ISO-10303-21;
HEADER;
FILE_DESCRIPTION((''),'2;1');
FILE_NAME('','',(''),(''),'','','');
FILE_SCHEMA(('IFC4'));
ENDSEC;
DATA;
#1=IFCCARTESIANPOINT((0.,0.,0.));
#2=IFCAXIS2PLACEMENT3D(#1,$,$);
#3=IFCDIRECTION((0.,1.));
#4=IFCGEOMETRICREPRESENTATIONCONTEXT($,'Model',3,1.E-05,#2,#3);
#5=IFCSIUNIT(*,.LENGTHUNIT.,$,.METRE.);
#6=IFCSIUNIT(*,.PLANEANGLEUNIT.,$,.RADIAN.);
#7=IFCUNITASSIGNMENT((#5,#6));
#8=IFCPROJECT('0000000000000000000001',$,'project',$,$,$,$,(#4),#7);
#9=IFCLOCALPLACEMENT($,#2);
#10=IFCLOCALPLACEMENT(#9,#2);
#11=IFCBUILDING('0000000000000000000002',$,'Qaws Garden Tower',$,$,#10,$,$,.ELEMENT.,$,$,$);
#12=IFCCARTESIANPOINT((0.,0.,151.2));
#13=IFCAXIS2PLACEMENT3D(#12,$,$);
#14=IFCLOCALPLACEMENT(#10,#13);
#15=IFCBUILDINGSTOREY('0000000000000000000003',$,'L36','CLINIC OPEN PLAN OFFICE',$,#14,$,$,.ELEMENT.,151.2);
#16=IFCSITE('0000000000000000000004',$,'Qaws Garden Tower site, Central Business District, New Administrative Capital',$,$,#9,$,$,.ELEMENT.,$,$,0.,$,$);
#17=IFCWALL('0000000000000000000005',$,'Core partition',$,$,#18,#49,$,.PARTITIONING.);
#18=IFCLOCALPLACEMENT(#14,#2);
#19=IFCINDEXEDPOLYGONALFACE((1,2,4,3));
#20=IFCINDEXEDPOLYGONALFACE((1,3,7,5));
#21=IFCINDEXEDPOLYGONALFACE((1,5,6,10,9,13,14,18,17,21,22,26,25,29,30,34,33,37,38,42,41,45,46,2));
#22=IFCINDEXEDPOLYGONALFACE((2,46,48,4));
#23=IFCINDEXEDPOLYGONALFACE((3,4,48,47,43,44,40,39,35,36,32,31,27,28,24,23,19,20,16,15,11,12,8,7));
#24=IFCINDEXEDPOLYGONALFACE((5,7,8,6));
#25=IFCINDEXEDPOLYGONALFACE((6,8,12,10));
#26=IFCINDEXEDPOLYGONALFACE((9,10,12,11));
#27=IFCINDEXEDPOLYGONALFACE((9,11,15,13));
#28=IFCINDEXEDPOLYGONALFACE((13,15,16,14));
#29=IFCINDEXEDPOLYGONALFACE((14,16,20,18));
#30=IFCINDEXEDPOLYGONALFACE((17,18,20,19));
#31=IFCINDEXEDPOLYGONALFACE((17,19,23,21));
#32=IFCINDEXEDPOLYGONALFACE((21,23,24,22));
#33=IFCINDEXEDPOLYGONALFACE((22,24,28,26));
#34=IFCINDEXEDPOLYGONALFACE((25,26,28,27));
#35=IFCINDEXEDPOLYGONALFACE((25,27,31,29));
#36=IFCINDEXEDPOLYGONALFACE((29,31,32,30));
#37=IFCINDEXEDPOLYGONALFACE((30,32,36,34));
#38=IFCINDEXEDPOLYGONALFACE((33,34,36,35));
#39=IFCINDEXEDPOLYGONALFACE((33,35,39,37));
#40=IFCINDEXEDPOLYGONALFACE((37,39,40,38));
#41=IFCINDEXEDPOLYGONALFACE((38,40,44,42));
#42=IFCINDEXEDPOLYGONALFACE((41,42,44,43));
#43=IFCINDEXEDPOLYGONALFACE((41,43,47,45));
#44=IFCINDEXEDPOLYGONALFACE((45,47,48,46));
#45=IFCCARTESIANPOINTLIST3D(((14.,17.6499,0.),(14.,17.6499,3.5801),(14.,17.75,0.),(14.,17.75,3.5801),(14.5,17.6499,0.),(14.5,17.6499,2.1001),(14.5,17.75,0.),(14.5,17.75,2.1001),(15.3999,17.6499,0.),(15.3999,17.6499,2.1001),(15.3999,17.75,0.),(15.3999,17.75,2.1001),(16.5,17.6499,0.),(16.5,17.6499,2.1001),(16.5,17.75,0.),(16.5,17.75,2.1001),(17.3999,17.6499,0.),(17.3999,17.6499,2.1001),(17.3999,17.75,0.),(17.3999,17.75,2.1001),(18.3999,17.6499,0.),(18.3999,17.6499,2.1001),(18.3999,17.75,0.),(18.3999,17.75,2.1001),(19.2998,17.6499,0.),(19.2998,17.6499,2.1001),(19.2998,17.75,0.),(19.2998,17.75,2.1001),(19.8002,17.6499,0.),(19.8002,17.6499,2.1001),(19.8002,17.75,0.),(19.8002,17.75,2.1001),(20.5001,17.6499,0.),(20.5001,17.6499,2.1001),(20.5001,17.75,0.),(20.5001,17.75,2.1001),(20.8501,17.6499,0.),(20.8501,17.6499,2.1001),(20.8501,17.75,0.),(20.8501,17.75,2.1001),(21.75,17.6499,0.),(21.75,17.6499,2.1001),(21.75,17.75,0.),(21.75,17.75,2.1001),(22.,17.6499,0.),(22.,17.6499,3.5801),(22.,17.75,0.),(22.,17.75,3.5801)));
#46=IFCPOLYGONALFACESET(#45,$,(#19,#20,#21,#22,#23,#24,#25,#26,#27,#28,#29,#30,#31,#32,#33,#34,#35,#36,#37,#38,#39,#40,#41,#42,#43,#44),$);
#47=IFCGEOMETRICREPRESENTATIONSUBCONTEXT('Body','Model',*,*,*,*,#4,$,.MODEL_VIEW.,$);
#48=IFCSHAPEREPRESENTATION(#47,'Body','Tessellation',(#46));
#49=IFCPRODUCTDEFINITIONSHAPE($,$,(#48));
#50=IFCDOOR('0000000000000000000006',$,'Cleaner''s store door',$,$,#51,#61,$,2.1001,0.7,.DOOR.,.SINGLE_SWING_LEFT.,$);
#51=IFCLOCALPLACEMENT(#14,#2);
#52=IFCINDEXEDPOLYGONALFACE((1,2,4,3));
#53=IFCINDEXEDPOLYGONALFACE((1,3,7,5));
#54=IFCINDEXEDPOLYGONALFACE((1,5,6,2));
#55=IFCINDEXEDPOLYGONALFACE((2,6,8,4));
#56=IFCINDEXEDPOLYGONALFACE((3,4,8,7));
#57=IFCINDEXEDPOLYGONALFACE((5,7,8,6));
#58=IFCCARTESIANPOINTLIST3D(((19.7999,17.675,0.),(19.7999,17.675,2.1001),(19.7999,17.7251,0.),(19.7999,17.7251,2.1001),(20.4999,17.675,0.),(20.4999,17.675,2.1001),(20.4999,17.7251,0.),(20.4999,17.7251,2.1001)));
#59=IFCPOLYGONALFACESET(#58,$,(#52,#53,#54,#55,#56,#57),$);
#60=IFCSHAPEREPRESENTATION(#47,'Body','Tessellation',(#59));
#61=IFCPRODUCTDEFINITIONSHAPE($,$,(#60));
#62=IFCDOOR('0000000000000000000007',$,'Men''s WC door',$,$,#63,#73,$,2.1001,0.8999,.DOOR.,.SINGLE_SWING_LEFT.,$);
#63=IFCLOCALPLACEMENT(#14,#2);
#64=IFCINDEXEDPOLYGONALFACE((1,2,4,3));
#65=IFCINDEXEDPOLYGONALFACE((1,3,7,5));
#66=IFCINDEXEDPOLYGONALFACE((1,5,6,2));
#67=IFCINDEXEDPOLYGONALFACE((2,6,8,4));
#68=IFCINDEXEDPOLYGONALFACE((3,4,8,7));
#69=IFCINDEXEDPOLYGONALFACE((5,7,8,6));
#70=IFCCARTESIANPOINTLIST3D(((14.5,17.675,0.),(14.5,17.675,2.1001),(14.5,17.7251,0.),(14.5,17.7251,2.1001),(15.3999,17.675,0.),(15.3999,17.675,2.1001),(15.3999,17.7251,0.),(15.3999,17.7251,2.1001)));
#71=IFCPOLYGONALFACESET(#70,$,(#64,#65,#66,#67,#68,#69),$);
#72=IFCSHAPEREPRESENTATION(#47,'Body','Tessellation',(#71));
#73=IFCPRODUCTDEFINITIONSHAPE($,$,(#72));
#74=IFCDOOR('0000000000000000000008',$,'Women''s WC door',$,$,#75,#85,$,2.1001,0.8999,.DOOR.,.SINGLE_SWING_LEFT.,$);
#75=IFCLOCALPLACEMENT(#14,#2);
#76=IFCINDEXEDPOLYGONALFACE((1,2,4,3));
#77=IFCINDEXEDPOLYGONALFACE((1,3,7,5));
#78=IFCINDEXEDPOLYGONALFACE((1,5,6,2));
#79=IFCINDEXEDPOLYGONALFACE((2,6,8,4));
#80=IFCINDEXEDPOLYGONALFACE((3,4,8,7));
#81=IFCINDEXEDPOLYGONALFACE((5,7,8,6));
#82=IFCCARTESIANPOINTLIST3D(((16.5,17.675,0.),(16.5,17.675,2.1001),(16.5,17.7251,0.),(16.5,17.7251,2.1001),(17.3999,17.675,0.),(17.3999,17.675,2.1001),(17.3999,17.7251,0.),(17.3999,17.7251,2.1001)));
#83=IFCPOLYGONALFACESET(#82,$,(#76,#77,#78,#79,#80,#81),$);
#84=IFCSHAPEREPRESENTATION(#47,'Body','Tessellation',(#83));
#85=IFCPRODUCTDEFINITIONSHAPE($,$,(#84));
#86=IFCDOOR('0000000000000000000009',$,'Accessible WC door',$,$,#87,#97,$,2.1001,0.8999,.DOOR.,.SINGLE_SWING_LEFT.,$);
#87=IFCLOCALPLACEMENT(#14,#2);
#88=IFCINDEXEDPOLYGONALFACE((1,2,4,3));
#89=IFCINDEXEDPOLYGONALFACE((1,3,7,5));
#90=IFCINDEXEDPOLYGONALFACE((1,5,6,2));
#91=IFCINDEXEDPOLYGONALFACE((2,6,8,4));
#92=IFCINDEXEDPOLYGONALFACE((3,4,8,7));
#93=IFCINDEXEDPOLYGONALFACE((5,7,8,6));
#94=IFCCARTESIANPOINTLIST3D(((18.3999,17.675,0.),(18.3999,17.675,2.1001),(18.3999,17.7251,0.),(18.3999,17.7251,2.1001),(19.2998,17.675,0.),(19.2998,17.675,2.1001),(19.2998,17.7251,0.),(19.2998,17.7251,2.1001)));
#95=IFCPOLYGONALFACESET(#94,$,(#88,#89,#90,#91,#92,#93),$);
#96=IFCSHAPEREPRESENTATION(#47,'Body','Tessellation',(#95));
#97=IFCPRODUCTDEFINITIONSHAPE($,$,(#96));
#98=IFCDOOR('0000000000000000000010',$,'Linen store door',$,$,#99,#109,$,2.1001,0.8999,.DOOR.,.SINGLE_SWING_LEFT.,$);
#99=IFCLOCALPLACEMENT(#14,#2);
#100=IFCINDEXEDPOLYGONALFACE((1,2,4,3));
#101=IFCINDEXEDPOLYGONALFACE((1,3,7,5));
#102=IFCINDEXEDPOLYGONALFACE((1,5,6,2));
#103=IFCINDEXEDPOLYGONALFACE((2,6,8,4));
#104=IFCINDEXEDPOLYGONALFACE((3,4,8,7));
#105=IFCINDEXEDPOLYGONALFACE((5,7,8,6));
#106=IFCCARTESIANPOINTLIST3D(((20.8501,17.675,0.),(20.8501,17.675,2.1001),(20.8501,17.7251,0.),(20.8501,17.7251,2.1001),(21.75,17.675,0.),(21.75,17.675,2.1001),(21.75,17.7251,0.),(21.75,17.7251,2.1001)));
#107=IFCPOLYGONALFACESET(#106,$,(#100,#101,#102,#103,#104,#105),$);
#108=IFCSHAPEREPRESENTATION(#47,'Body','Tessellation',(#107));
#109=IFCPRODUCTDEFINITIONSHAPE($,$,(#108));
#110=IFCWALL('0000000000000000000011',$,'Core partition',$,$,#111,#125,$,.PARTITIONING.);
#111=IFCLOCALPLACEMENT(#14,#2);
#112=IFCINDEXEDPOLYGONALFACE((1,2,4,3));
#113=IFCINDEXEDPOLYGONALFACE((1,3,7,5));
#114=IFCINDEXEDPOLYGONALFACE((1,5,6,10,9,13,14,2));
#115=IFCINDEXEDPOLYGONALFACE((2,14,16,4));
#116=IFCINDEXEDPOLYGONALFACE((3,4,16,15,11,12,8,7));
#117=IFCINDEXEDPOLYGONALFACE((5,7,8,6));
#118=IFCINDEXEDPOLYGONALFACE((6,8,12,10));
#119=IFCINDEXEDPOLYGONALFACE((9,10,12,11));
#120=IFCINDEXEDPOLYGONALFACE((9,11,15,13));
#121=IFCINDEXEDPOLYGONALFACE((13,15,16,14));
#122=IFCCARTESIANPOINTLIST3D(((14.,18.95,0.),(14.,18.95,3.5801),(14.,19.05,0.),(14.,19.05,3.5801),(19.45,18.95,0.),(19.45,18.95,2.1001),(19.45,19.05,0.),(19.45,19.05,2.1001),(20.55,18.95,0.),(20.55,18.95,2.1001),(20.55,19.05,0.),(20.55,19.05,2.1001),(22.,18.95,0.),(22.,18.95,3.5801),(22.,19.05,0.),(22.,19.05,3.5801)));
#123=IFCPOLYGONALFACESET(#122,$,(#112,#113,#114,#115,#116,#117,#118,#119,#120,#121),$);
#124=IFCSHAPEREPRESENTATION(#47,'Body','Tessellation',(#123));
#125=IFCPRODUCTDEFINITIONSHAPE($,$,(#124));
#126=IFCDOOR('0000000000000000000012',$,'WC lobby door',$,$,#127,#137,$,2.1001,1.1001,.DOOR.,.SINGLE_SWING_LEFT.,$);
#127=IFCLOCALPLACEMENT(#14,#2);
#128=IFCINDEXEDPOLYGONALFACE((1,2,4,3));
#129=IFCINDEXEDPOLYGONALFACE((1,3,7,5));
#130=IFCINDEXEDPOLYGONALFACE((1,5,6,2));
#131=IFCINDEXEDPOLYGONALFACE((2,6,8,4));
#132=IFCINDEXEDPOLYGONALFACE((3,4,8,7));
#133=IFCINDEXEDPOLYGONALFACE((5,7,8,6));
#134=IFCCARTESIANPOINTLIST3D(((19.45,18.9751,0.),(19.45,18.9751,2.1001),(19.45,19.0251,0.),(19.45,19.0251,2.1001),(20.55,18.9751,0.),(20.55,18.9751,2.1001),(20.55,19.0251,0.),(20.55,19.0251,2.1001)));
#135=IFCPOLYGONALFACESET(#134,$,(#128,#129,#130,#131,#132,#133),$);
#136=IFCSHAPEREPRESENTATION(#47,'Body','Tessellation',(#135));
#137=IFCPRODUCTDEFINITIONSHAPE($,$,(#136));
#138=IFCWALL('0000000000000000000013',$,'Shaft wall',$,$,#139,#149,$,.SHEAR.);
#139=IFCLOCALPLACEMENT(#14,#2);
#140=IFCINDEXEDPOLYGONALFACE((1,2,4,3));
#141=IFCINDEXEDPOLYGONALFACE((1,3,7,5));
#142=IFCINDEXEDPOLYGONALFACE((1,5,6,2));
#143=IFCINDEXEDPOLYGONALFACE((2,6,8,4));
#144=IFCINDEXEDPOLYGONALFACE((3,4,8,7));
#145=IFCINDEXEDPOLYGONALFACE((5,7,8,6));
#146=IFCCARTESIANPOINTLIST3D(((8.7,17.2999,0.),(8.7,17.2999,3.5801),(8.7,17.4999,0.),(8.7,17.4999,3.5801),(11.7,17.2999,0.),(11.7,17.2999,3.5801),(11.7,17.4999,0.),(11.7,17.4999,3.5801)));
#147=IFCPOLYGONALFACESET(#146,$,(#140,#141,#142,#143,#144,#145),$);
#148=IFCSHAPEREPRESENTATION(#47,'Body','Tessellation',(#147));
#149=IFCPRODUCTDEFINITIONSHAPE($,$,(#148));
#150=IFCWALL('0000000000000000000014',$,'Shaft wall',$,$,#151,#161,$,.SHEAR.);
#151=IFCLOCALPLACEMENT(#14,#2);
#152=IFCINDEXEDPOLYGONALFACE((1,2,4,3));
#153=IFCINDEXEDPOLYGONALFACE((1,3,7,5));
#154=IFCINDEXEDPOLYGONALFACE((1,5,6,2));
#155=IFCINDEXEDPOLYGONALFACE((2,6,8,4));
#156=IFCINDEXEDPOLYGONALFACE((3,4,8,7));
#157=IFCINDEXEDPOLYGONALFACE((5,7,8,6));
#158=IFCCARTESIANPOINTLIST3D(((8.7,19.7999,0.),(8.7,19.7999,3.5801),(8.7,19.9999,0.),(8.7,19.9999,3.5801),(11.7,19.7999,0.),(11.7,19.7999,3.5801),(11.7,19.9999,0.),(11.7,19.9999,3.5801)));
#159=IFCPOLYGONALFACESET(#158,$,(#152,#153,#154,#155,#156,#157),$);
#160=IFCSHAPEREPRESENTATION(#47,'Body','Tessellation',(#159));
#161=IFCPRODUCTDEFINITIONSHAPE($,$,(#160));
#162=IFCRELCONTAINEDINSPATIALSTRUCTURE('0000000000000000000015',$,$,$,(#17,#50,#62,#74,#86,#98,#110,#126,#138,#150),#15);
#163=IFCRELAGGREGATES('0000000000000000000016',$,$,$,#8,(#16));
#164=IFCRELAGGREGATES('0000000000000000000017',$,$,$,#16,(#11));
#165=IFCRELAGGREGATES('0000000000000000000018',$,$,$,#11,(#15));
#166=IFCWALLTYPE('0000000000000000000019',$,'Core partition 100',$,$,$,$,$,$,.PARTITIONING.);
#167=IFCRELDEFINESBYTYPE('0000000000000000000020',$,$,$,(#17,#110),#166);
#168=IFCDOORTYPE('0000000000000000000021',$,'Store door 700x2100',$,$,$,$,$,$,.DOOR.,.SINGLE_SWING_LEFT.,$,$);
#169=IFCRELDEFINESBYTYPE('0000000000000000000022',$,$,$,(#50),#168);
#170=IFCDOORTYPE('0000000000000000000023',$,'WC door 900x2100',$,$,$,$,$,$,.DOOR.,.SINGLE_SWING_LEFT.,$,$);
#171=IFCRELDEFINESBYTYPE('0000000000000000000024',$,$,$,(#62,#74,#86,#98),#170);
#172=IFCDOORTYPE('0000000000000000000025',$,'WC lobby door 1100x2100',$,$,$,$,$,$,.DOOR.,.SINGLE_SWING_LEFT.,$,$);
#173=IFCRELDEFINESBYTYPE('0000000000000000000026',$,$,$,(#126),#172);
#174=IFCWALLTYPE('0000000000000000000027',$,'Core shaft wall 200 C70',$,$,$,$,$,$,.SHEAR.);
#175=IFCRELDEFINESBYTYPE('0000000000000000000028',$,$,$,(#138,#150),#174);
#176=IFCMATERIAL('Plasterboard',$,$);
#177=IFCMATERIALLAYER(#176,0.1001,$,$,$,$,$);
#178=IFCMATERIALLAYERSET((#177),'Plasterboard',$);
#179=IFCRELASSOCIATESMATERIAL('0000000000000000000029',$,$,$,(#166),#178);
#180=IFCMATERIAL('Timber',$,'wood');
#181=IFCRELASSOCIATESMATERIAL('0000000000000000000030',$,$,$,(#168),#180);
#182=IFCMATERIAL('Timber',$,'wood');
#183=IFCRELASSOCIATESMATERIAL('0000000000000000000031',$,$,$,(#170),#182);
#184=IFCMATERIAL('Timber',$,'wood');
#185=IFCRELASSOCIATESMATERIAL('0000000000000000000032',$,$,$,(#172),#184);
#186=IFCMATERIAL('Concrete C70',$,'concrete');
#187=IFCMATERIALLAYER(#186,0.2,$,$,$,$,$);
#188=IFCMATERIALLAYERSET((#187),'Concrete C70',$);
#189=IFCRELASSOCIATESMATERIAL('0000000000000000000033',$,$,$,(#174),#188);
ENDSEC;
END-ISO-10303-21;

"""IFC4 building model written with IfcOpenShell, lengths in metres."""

from ifc_helpers import new_model, si_unit, direction, frame, frame_2d, origin, place, context, subcontext, project, spatial, rectangle, extrude, material, layer, layer_set, type_object, element, fill, save


model = new_model("IFC4")

# Units and contexts
model_context = context("Model", 3, precision=1e-05, world=origin(), true_north=direction((0.0, 1.0)))
body_context = subcontext(model_context, "Body", "Model", "MODEL_VIEW")
ifc_project = project(units=[si_unit("LENGTHUNIT", "METRE"), si_unit("PLANEANGLEUNIT", "RADIAN")], contexts=[model_context])

# Site, building, storey
site_placement = place(None, origin())
site = spatial("IfcSite", under=ifc_project, at=site_placement, Name="Qaws Garden Tower site, Central Business District, New Administrative Capital", CompositionType="ELEMENT", RefElevation=0.0)
building_placement = place(site_placement, origin())
building = spatial("IfcBuilding", under=site, at=building_placement, Name="Qaws Garden Tower", CompositionType="ELEMENT")
storey_placement = place(building_placement, frame((0.0, 0.0, 151.2)))
storey = spatial("IfcBuildingStorey", under=building, at=storey_placement, Name="L36", Description="CLINIC OPEN PLAN OFFICE", CompositionType="ELEMENT", Elevation=151.2)

# Wall, openings, doors
ifc_material_1 = material(Name="Plasterboard")
ifc_layer_1 = layer(ifc_material_1, 0.1001)
ifc_layer_set_1 = layer_set([ifc_layer_1], Name="Plasterboard")
wall_type_1 = type_object("IfcWallType", Name="Core partition 100", PredefinedType="PARTITIONING", material=ifc_layer_set_1)
wall_1_placement = place(storey_placement, frame((14.0, 17.7, 0.0), z_axis=(0.0, 0.0, 1.0), x_axis=(1.0, 0.0, 0.0)))
wall_1 = element("IfcWall", 1, at=wall_1_placement, inside=storey, type_object=wall_type_1, Name="Core partition", PredefinedType="PARTITIONING", context=body_context, shape_type="SweptSolid", body=[
    extrude(rectangle(XDim=8.0, YDim=0.1001, at=frame_2d((4.0, 0.0))), origin(), (0.0, 0.0, 1.0), 3.5801),
])
opening_1_placement = place(wall_1_placement, frame((0.5, 0.0, 0.0)))
opening_1 = element("IfcOpeningElement", 2, at=opening_1_placement, cuts=wall_1, PredefinedType="OPENING", context=body_context, shape_type="SweptSolid", body=[
    extrude(rectangle(XDim=0.8999, YDim=2.1001, at=frame_2d((0.45, 1.05))), frame((0.0, 0.0601, 0.0), z_axis=(0.0, -1.0, 0.0), x_axis=(1.0, 0.0, 0.0)), (0.0, 0.0, 1.0), 0.1201),
])
opening_2_placement = place(wall_1_placement, frame((2.5, 0.0, 0.0)))
opening_2 = element("IfcOpeningElement", 3, at=opening_2_placement, cuts=wall_1, PredefinedType="OPENING", context=body_context, shape_type="SweptSolid", body=[
    extrude(rectangle(XDim=0.8999, YDim=2.1001, at=frame_2d((0.45, 1.05))), frame((0.0, 0.0601, 0.0), z_axis=(0.0, -1.0, 0.0), x_axis=(1.0, 0.0, 0.0)), (0.0, 0.0, 1.0), 0.1201),
])
opening_3_placement = place(wall_1_placement, frame((4.3999, 0.0, 0.0)))
opening_3 = element("IfcOpeningElement", 4, at=opening_3_placement, cuts=wall_1, PredefinedType="OPENING", context=body_context, shape_type="SweptSolid", body=[
    extrude(rectangle(XDim=0.8999, YDim=2.1001, at=frame_2d((0.45, 1.05))), frame((0.0, 0.0601, 0.0), z_axis=(0.0, -1.0, 0.0), x_axis=(1.0, 0.0, 0.0)), (0.0, 0.0, 1.0), 0.1201),
])
opening_4_placement = place(wall_1_placement, frame((5.8, 0.0, 0.0)))
opening_4 = element("IfcOpeningElement", 5, at=opening_4_placement, cuts=wall_1, PredefinedType="OPENING", context=body_context, shape_type="SweptSolid", body=[
    extrude(rectangle(XDim=0.7, YDim=2.1001, at=frame_2d((0.3501, 1.05))), frame((0.0, 0.0601, 0.0), z_axis=(0.0, -1.0, 0.0), x_axis=(1.0, 0.0, 0.0)), (0.0, 0.0, 1.0), 0.1201),
])
opening_5_placement = place(wall_1_placement, frame((6.8501, 0.0, 0.0)))
opening_5 = element("IfcOpeningElement", 6, at=opening_5_placement, cuts=wall_1, PredefinedType="OPENING", context=body_context, shape_type="SweptSolid", body=[
    extrude(rectangle(XDim=0.8999, YDim=2.1001, at=frame_2d((0.45, 1.05))), frame((0.0, 0.0601, 0.0), z_axis=(0.0, -1.0, 0.0), x_axis=(1.0, 0.0, 0.0)), (0.0, 0.0, 1.0), 0.1201),
])
ifc_material_2 = material(Name="Timber", Category="wood")
door_type_1 = type_object("IfcDoorType", Name="Store door 700x2100", OperationType="SINGLE_SWING_LEFT", PredefinedType="DOOR", material=ifc_material_2)
door_1_placement = place(opening_4_placement, frame((0.7, 0.0, 0.0), z_axis=(0.0, 0.0, 1.0), x_axis=(-1.0, 0.0, 0.0)))
door_1 = element("IfcDoor", 7, at=door_1_placement, inside=storey, type_object=door_type_1, Name="Cleaner's store door", OperationType="SINGLE_SWING_LEFT", OverallHeight=2.1001, OverallWidth=0.7, PredefinedType="DOOR", context=body_context, shape_type="SweptSolid", body=[
    extrude(rectangle(XDim=0.7, YDim=2.1001, at=frame_2d((0.3501, 1.05))), frame((0.0, 0.0249, 0.0), z_axis=(0.0, -1.0, 0.0), x_axis=(1.0, 0.0, 0.0)), (0.0, 0.0, 1.0), 0.05),
])
fill(opening_4, door_1)
ifc_material_3 = material(Name="Timber", Category="wood")
door_type_2 = type_object("IfcDoorType", Name="WC door 900x2100", OperationType="SINGLE_SWING_LEFT", PredefinedType="DOOR", material=ifc_material_3)
door_2_placement = place(opening_1_placement, frame((0.8999, 0.0, 0.0), z_axis=(0.0, 0.0, 1.0), x_axis=(-1.0, 0.0, 0.0)))
door_2 = element("IfcDoor", 8, at=door_2_placement, inside=storey, type_object=door_type_2, Name="Men's WC door", OperationType="SINGLE_SWING_LEFT", OverallHeight=2.1001, OverallWidth=0.8999, PredefinedType="DOOR", context=body_context, shape_type="SweptSolid", body=[
    extrude(rectangle(XDim=0.8999, YDim=2.1001, at=frame_2d((0.45, 1.05))), frame((0.0, 0.0249, 0.0), z_axis=(0.0, -1.0, 0.0), x_axis=(1.0, 0.0, 0.0)), (0.0, 0.0, 1.0), 0.05),
])
fill(opening_1, door_2)
door_3_placement = place(opening_2_placement, frame((0.8999, 0.0, 0.0), z_axis=(0.0, 0.0, 1.0), x_axis=(-1.0, 0.0, 0.0)))
door_3 = element("IfcDoor", 9, at=door_3_placement, inside=storey, type_object=door_type_2, Name="Women's WC door", OperationType="SINGLE_SWING_LEFT", OverallHeight=2.1001, OverallWidth=0.8999, PredefinedType="DOOR", context=body_context, shape_type="SweptSolid", body=[
    extrude(rectangle(XDim=0.8999, YDim=2.1001, at=frame_2d((0.45, 1.05))), frame((0.0, 0.0249, 0.0), z_axis=(0.0, -1.0, 0.0), x_axis=(1.0, 0.0, 0.0)), (0.0, 0.0, 1.0), 0.05),
])
fill(opening_2, door_3)
door_4_placement = place(opening_3_placement, frame((0.8999, 0.0, 0.0), z_axis=(0.0, 0.0, 1.0), x_axis=(-1.0, 0.0, 0.0)))
door_4 = element("IfcDoor", 10, at=door_4_placement, inside=storey, type_object=door_type_2, Name="Accessible WC door", OperationType="SINGLE_SWING_LEFT", OverallHeight=2.1001, OverallWidth=0.8999, PredefinedType="DOOR", context=body_context, shape_type="SweptSolid", body=[
    extrude(rectangle(XDim=0.8999, YDim=2.1001, at=frame_2d((0.45, 1.05))), frame((0.0, 0.0249, 0.0), z_axis=(0.0, -1.0, 0.0), x_axis=(1.0, 0.0, 0.0)), (0.0, 0.0, 1.0), 0.05),
])
fill(opening_3, door_4)
door_5_placement = place(opening_5_placement, frame((0.8999, 0.0, 0.0), z_axis=(0.0, 0.0, 1.0), x_axis=(-1.0, 0.0, 0.0)))
door_5 = element("IfcDoor", 11, at=door_5_placement, inside=storey, type_object=door_type_2, Name="Linen store door", OperationType="SINGLE_SWING_LEFT", OverallHeight=2.1001, OverallWidth=0.8999, PredefinedType="DOOR", context=body_context, shape_type="SweptSolid", body=[
    extrude(rectangle(XDim=0.8999, YDim=2.1001, at=frame_2d((0.45, 1.05))), frame((0.0, 0.0249, 0.0), z_axis=(0.0, -1.0, 0.0), x_axis=(1.0, 0.0, 0.0)), (0.0, 0.0, 1.0), 0.05),
])
fill(opening_5, door_5)

# Wall, opening, door
wall_2_placement = place(storey_placement, frame((14.0, 19.0, 0.0), z_axis=(0.0, 0.0, 1.0), x_axis=(1.0, 0.0, 0.0)))
wall_2 = element("IfcWall", 12, at=wall_2_placement, inside=storey, type_object=wall_type_1, Name="Core partition", PredefinedType="PARTITIONING", context=body_context, shape_type="SweptSolid", body=[
    extrude(rectangle(XDim=8.0, YDim=0.1001, at=frame_2d((4.0, 0.0))), origin(), (0.0, 0.0, 1.0), 3.5801),
])
opening_6_placement = place(wall_2_placement, frame((5.45, 0.0, 0.0)))
opening_6 = element("IfcOpeningElement", 13, at=opening_6_placement, cuts=wall_2, PredefinedType="OPENING", context=body_context, shape_type="SweptSolid", body=[
    extrude(rectangle(XDim=1.1001, YDim=2.1001, at=frame_2d((0.55, 1.05))), frame((0.0, 0.0601, 0.0), z_axis=(0.0, -1.0, 0.0), x_axis=(1.0, 0.0, 0.0)), (0.0, 0.0, 1.0), 0.1201),
])
ifc_material_4 = material(Name="Timber", Category="wood")
door_type_3 = type_object("IfcDoorType", Name="WC lobby door 1100x2100", OperationType="SINGLE_SWING_LEFT", PredefinedType="DOOR", material=ifc_material_4)
door_6_placement = place(opening_6_placement, frame((1.1001, 0.0, 0.0), z_axis=(0.0, 0.0, 1.0), x_axis=(-1.0, 0.0, 0.0)))
door_6 = element("IfcDoor", 14, at=door_6_placement, inside=storey, type_object=door_type_3, Name="WC lobby door", OperationType="SINGLE_SWING_LEFT", OverallHeight=2.1001, OverallWidth=1.1001, PredefinedType="DOOR", context=body_context, shape_type="SweptSolid", body=[
    extrude(rectangle(XDim=1.1001, YDim=2.1001, at=frame_2d((0.55, 1.05))), frame((0.0, 0.0249, 0.0), z_axis=(0.0, -1.0, 0.0), x_axis=(1.0, 0.0, 0.0)), (0.0, 0.0, 1.0), 0.05),
])
fill(opening_6, door_6)

# Walls
ifc_material_5 = material(Name="Concrete C70", Category="concrete")
ifc_layer_2 = layer(ifc_material_5, 0.2)
ifc_layer_set_2 = layer_set([ifc_layer_2], Name="Concrete C70")
wall_type_2 = type_object("IfcWallType", Name="Core shaft wall 200 C70", PredefinedType="SHEAR", material=ifc_layer_set_2)
for number, where, z_axis, x_axis, name in (
    (15, (8.7, 17.3999, 0.0), (0.0, 0.0, 1.0), (1.0, 0.0, 0.0), "Shaft wall"),
    (16, (8.7, 19.8999, 0.0), (0.0, 0.0, 1.0), (1.0, 0.0, 0.0), "Shaft wall"),
):
    element("IfcWall", number, at=place(storey_placement, frame(where, z_axis=z_axis, x_axis=x_axis)), inside=storey, type_object=wall_type_2, Name=name, PredefinedType="SHEAR", context=body_context, shape_type="SweptSolid", body=[
        extrude(rectangle(XDim=3.0, YDim=0.2, at=frame_2d((1.5, 0.0))), origin(), (0.0, 0.0, 1.0), 3.5801),
    ])

save(model, "model.ifc")
